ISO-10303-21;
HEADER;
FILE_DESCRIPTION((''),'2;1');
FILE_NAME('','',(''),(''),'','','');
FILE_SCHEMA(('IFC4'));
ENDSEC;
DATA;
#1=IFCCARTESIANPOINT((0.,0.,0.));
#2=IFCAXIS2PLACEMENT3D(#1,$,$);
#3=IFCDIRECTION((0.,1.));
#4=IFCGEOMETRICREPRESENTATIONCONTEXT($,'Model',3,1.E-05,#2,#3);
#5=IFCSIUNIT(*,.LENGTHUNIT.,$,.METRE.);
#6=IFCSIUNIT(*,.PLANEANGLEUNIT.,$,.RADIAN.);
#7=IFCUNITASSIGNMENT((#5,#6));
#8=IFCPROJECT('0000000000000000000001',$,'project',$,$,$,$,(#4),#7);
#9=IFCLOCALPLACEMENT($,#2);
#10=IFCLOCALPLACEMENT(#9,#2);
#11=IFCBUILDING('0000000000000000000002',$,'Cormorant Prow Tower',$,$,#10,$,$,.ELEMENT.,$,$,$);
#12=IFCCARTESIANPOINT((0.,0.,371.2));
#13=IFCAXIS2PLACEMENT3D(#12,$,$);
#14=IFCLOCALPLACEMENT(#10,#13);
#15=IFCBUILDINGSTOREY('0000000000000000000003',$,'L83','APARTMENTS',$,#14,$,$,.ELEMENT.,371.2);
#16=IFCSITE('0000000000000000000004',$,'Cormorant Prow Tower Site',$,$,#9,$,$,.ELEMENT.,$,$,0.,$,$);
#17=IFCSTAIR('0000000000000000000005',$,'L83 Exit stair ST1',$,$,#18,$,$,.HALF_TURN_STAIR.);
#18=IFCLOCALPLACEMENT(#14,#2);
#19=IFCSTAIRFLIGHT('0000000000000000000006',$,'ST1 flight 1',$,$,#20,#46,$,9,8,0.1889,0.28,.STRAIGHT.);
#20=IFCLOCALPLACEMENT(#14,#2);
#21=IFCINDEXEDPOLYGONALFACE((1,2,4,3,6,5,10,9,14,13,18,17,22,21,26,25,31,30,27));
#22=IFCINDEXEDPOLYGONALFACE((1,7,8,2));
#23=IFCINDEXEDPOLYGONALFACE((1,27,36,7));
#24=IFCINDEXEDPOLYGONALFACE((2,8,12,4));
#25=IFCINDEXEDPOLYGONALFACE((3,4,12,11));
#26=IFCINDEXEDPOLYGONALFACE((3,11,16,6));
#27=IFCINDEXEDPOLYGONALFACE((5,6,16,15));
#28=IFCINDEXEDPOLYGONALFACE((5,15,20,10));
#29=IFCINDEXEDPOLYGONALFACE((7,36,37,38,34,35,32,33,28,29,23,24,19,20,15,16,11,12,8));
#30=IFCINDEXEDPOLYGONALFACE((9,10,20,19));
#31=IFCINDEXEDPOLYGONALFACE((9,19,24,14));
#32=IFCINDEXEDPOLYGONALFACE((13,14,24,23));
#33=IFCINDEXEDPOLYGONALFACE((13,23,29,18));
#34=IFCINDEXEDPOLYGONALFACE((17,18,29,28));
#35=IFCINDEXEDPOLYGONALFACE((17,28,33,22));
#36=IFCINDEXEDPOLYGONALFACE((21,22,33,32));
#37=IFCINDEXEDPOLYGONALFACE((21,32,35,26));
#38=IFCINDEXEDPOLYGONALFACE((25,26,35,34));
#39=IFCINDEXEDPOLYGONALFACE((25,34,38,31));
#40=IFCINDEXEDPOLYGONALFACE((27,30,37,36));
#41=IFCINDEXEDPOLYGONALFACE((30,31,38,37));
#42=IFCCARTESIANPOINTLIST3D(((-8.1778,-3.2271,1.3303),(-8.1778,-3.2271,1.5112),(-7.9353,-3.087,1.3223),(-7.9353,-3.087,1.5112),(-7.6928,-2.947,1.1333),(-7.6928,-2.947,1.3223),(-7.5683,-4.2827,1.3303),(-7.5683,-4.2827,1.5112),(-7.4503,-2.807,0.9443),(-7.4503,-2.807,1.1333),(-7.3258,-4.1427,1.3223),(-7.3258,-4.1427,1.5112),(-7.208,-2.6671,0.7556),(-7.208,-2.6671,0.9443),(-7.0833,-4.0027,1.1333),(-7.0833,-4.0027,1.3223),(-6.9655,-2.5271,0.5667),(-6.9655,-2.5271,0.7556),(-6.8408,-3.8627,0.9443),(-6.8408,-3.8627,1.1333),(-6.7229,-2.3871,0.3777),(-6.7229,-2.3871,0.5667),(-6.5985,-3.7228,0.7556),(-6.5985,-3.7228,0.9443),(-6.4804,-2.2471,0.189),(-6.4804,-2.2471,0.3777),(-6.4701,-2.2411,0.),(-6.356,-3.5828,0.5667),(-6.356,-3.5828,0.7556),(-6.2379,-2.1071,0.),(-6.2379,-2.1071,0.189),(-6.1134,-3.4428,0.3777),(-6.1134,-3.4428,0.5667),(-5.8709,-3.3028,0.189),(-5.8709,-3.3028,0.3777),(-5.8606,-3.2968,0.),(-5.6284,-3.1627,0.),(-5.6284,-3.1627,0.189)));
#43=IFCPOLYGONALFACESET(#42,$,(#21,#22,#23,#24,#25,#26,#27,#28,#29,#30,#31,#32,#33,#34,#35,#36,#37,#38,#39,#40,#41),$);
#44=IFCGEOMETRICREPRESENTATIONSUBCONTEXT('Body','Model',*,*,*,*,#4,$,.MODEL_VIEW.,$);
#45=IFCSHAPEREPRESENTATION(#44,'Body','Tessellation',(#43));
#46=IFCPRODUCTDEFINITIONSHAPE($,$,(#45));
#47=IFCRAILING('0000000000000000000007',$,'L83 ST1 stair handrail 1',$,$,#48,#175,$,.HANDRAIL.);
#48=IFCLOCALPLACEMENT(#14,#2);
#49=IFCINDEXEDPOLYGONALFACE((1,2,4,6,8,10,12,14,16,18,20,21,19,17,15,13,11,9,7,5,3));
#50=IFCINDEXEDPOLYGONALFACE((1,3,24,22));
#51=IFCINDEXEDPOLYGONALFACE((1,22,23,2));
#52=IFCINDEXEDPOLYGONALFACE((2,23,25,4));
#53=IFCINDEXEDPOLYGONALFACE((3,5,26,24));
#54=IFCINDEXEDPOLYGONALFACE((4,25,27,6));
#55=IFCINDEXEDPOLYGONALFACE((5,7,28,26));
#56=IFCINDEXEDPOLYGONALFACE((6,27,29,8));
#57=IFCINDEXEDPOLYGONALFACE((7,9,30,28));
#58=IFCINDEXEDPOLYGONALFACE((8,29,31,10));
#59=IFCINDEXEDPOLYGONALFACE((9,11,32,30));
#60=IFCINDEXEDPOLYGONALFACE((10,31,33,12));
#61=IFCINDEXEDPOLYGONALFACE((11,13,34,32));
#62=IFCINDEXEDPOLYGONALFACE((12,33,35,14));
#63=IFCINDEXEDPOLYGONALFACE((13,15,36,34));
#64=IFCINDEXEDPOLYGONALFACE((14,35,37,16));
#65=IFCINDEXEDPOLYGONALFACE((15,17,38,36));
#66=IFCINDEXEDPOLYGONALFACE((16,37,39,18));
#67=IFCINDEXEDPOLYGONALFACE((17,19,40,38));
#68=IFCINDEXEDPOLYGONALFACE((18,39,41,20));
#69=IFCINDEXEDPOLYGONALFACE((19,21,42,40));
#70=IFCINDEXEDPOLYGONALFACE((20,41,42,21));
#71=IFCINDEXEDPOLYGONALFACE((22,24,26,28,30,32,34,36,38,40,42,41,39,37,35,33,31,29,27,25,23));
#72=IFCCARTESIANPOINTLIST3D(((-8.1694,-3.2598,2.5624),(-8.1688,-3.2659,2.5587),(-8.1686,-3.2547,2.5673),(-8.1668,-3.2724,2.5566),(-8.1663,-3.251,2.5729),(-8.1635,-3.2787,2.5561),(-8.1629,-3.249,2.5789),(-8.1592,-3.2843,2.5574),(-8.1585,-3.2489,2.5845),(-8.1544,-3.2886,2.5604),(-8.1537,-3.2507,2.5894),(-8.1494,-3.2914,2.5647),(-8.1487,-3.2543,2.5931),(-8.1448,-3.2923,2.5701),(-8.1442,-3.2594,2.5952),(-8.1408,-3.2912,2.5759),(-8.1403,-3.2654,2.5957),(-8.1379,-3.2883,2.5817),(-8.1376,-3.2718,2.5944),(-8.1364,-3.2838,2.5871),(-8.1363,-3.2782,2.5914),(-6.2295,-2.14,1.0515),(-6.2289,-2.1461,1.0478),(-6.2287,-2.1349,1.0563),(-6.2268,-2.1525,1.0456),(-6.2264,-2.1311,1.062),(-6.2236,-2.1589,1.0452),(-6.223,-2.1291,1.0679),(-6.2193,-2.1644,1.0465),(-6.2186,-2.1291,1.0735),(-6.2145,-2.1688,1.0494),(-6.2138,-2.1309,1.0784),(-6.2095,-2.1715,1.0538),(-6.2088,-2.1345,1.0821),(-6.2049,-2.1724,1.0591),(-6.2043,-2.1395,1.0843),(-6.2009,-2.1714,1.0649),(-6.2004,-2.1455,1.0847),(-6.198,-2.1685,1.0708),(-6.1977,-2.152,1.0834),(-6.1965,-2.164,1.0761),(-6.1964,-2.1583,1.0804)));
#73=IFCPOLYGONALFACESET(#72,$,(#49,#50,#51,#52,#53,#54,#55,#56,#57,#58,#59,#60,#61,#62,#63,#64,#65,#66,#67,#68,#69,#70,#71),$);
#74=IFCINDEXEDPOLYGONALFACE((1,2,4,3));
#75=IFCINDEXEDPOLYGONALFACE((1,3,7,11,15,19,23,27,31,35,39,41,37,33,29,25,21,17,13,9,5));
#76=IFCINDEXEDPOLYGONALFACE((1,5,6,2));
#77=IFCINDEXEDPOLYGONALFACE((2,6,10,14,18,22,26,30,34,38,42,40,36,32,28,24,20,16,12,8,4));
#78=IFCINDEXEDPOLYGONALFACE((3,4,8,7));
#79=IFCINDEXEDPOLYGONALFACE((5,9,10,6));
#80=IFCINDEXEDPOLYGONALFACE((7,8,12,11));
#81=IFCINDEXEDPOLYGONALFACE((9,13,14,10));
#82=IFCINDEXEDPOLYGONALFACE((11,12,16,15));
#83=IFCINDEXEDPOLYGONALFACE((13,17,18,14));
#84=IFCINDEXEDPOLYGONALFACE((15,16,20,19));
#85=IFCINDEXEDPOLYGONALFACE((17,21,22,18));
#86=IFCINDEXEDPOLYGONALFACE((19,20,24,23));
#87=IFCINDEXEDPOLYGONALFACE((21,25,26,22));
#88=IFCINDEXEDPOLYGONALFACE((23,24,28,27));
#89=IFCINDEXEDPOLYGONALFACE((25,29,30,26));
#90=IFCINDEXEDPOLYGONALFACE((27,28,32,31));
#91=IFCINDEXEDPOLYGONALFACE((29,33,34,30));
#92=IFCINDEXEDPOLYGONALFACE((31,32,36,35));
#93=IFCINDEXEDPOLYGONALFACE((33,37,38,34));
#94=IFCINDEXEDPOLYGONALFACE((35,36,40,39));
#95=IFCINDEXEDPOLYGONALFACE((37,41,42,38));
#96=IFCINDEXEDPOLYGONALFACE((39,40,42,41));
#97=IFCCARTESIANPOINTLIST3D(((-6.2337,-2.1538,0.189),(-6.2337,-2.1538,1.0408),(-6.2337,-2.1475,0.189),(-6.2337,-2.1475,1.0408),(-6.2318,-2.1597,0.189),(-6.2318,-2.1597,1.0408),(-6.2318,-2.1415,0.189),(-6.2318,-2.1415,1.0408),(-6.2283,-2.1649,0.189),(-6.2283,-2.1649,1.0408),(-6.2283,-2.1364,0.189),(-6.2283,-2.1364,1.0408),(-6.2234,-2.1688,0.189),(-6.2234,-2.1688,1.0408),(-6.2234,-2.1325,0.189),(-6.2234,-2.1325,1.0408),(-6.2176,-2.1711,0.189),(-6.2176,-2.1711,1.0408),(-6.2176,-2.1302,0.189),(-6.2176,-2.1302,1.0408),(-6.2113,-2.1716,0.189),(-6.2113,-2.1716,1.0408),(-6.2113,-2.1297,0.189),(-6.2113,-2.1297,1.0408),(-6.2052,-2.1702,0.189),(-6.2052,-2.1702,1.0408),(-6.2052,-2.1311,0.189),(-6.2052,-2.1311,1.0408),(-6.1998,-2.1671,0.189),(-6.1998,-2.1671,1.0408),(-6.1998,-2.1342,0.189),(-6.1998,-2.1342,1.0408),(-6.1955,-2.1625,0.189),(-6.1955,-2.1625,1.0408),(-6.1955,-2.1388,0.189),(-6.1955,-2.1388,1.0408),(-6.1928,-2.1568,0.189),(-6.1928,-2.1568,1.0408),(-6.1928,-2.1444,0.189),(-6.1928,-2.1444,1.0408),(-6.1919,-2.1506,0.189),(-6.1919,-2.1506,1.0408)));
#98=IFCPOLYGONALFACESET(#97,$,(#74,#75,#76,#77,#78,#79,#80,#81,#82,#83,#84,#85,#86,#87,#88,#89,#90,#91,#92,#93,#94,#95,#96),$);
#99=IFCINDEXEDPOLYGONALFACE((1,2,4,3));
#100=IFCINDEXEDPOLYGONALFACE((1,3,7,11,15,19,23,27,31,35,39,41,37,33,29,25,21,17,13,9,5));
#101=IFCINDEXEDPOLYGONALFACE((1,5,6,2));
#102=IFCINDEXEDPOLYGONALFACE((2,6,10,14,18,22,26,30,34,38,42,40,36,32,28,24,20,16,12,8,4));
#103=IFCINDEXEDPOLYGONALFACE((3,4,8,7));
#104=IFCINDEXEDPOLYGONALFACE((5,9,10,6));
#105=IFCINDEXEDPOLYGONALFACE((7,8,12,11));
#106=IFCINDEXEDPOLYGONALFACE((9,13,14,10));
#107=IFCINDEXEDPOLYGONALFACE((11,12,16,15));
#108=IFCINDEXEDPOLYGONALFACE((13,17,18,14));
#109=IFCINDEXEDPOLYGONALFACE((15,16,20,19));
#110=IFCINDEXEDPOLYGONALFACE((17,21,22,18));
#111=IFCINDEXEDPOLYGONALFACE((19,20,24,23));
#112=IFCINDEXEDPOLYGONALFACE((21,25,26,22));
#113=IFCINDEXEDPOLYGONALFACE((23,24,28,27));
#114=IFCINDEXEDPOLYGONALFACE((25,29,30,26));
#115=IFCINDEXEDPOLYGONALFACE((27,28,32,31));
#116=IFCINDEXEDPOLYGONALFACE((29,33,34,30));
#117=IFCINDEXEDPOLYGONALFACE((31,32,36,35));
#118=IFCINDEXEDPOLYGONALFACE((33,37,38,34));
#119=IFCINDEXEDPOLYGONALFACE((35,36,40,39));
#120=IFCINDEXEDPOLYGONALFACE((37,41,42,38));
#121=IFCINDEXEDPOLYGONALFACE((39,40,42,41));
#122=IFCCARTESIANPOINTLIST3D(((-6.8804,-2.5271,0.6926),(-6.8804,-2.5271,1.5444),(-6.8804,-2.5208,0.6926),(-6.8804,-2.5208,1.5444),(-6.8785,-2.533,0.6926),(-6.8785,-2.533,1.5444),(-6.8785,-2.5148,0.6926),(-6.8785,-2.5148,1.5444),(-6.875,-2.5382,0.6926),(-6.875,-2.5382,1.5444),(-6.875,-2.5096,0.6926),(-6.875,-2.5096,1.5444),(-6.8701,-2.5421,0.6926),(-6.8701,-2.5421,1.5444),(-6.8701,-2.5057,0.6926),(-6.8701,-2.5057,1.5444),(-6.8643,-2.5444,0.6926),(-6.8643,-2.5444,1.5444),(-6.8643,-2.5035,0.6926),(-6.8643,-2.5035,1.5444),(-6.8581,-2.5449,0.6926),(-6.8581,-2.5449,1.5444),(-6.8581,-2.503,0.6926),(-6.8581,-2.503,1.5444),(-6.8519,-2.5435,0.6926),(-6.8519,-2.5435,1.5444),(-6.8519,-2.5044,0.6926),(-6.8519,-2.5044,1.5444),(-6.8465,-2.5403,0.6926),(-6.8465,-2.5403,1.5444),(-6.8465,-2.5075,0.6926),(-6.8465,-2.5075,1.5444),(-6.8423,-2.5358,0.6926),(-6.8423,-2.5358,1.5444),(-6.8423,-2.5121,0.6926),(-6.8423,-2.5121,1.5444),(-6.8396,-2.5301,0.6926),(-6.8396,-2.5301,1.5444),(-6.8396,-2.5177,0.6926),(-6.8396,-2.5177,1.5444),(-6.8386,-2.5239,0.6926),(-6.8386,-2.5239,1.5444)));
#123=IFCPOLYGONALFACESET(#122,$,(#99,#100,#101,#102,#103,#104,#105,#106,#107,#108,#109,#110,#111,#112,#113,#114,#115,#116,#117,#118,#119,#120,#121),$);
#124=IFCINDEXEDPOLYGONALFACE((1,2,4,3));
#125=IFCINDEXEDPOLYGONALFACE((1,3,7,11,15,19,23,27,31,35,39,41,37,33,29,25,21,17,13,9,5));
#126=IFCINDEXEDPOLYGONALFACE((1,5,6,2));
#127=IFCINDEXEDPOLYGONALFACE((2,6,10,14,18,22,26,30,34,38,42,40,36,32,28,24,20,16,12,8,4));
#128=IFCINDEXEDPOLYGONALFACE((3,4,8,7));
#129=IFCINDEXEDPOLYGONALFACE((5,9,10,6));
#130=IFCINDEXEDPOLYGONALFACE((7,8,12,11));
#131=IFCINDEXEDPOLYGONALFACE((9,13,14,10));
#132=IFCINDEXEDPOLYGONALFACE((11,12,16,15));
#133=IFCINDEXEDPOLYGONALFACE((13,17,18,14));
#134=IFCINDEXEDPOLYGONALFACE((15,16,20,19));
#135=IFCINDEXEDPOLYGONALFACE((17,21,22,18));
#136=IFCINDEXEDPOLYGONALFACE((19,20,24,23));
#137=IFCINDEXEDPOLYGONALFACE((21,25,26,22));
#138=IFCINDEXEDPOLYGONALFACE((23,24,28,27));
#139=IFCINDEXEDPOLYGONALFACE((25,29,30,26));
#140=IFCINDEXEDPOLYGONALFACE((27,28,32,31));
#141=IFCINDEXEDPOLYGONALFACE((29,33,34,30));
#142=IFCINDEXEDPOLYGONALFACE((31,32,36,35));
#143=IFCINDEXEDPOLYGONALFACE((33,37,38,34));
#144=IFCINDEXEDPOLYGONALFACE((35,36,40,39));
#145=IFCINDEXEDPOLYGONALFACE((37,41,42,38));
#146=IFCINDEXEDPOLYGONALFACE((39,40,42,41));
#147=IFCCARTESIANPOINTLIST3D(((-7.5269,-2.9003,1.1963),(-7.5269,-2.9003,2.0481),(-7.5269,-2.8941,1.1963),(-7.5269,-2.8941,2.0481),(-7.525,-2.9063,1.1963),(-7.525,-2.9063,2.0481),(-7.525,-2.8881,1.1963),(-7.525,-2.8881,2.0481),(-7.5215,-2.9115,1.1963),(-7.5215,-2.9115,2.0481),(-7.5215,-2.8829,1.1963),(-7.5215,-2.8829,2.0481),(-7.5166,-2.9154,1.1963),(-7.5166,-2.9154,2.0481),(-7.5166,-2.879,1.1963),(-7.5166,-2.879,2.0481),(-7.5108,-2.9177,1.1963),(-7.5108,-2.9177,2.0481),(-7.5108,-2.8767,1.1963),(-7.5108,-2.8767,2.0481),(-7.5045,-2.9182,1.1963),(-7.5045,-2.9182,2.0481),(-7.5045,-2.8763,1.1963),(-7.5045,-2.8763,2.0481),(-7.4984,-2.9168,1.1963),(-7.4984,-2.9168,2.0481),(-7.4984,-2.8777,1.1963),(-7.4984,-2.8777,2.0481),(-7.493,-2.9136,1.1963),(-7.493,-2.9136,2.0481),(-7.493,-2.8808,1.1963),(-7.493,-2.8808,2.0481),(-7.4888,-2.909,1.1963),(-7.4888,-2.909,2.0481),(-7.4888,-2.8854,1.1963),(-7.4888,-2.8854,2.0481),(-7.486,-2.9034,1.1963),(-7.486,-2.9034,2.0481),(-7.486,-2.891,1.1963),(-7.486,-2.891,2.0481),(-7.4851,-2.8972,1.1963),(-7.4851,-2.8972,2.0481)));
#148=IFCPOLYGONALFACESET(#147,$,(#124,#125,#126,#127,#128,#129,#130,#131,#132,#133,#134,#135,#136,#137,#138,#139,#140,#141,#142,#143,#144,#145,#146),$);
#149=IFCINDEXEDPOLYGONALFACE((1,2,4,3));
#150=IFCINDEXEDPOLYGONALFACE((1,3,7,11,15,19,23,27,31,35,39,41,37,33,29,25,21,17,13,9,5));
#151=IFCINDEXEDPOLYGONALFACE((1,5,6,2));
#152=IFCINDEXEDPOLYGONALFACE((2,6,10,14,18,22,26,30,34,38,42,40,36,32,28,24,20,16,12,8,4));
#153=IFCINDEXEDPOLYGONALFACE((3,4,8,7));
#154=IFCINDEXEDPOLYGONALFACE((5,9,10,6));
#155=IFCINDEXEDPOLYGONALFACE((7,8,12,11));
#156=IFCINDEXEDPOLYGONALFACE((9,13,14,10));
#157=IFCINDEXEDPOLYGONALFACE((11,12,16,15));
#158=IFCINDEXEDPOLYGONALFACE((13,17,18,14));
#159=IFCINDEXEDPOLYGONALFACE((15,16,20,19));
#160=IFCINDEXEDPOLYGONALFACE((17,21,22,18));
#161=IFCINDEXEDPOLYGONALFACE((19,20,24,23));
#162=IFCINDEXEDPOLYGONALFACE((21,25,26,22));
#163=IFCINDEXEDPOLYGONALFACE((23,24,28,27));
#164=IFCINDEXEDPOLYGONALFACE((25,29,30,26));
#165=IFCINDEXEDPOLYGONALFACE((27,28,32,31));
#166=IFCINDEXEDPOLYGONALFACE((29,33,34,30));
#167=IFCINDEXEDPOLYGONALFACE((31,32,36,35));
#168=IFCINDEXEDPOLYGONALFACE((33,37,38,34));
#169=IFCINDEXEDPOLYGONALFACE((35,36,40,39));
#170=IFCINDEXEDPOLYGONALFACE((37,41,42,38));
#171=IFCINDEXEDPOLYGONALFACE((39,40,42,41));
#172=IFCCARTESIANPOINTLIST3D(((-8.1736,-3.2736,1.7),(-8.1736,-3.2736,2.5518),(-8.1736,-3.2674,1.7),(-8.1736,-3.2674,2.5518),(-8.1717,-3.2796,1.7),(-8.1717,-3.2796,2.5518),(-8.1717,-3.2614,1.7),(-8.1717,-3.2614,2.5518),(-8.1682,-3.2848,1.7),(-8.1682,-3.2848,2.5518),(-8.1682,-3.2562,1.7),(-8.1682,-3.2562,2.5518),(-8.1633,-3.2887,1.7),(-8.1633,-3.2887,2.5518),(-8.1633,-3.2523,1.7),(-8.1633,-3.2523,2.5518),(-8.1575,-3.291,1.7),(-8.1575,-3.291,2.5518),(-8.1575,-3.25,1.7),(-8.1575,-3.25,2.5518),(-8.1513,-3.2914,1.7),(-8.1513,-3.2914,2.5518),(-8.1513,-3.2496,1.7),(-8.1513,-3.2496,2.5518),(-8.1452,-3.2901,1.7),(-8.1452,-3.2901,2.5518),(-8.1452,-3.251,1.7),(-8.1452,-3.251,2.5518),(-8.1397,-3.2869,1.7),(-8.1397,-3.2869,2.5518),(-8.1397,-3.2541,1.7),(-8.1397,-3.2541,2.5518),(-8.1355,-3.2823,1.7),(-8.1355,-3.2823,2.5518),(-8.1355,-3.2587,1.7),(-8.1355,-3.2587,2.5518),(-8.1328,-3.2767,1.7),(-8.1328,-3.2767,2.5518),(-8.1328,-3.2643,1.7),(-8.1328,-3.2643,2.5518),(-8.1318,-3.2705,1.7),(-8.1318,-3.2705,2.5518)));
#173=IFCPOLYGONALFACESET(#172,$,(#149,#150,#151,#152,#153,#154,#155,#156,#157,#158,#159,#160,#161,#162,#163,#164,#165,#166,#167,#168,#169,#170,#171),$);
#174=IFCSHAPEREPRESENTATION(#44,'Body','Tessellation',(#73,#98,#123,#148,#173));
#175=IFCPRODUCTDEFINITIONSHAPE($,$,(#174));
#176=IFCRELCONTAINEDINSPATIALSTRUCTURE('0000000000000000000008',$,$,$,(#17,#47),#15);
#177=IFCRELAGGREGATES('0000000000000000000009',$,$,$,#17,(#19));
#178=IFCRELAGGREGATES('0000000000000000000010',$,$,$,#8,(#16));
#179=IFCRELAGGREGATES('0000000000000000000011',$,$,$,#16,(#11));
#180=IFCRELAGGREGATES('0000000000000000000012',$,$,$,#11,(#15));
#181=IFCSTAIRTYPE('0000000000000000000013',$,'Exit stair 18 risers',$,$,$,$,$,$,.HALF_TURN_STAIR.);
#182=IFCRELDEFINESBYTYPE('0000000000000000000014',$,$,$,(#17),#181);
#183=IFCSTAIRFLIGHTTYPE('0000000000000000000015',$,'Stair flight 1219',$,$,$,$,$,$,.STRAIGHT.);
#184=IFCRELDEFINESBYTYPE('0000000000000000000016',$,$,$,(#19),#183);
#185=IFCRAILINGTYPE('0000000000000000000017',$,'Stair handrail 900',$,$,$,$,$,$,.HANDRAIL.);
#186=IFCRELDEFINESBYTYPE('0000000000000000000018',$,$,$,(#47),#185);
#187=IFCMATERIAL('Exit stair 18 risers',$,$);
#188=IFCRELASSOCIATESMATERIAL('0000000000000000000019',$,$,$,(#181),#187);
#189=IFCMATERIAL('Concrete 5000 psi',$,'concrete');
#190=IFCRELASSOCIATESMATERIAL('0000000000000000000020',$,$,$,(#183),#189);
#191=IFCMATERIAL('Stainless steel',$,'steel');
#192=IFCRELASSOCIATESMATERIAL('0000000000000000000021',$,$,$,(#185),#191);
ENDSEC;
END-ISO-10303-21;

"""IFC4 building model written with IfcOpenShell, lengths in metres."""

from ifc_helpers import new_model, si_unit, direction, frame, origin, origin_2d, place, context, subcontext, project, spatial, polyline, circle, outline, extrude, material, type_object, element, aggregate, save


model = new_model("IFC4")

# Units and contexts
model_context = context("Model", 3, precision=1e-05, world=origin(), true_north=direction((0.0, 1.0)))
body_context = subcontext(model_context, "Body", "Model", "MODEL_VIEW")
ifc_project = project(units=[si_unit("LENGTHUNIT", "METRE"), si_unit("PLANEANGLEUNIT", "RADIAN")], contexts=[model_context])

# Site, building, storey
site_placement = place(None, origin())
site = spatial("IfcSite", under=ifc_project, at=site_placement, Name="Cormorant Prow Tower Site", CompositionType="ELEMENT", RefElevation=0.0)
building_placement = place(site_placement, origin())
building = spatial("IfcBuilding", under=site, at=building_placement, Name="Cormorant Prow Tower", CompositionType="ELEMENT")
storey_placement = place(building_placement, frame((0.0, 0.0, 371.2)))
storey = spatial("IfcBuildingStorey", under=building, at=storey_placement, Name="L83", Description="APARTMENTS", CompositionType="ELEMENT", Elevation=371.2)

# Stair, stair flight
ifc_material_1 = material(Name="Exit stair 18 risers")
stair_type = type_object("IfcStairType", Name="Exit stair 18 risers", PredefinedType="HALF_TURN_STAIR", material=ifc_material_1)
stair_placement = place(storey_placement, origin())
stair = element("IfcStair", 1, at=stair_placement, inside=storey, type_object=stair_type, Name="L83 Exit stair ST1", PredefinedType="HALF_TURN_STAIR")
ifc_material_2 = material(Name="Concrete 5000 psi", Category="concrete")
stair_flight_type = type_object("IfcStairFlightType", Name="Stair flight 1219", PredefinedType="STRAIGHT", material=ifc_material_2)
stair_flight_placement = place(storey_placement, frame((-5.9331, -2.635, 0.0), z_axis=(0.0, 0.0, 1.0), x_axis=(-0.866025, -0.5, 0.0)))
stair_flight = element("IfcStairFlight", 2, at=stair_flight_placement, type_object=stair_flight_type, Name="ST1 flight 1", NumberOfRisers=9, NumberOfTreads=8, PredefinedType="STRAIGHT", RiserHeight=0.1889, TreadLength=0.28, context=body_context, shape_type="SweptSolid", body=[
    extrude(outline(polyline([(0.0, 0.0), (0.0, 0.189), (0.28, 0.189), (0.28, 0.3777), (0.5601, 0.3777), (0.5601, 0.5667), (0.8401, 0.5667), (0.8401, 0.7556), (1.1201, 0.7556), (1.1201, 0.9443), (1.3999, 0.9443), (1.3999, 1.1333), (1.6799, 1.1333), (1.6799, 1.3223), (1.96, 1.3223), (1.96, 1.5112), (2.24, 1.5112), (2.24, 1.7), (2.24, 1.3303), (0.2681, 0.0), (0.0, 0.0)])), frame((0.0, 0.6094, 0.0), z_axis=(0.0, -1.0, 0.0), x_axis=(1.0, 0.0, 0.0)), (0.0, 0.0, 1.0), 1.219),
])
aggregate(stair, [stair_flight])

# Railing
ifc_material_3 = material(Name="Stainless steel", Category="steel")
railing_type_1 = type_object("IfcRailingType", Name="Stair handrail 900", PredefinedType="HANDRAIL", material=ifc_material_3)
railing_1_placement = place(storey_placement, frame((-6.2129, -2.1506, 0.189)))
element("IfcRailing", 3, at=railing_1_placement, inside=storey, type_object=railing_type_1, Name="L83 ST1 stair handrail 1", PredefinedType="HANDRAIL", context=body_context, shape_type="SweptSolid", body=[
    extrude(circle(Radius=0.0239, at=origin_2d()), frame((0.0, 0.0, 0.876), z_axis=(-0.717977, -0.414467, 0.559219), x_axis=(0.499949, -0.866055, 0.0)), (0.0, 0.0, 1.0), 2.7019),
    extrude(circle(Radius=0.021, at=origin_2d()), origin(), (0.0, 0.0, 1.0), 0.8518),
    extrude(circle(Radius=0.021, at=origin_2d()), frame((-0.6467, -0.3733, 0.5037)), (0.0, 0.0, 1.0), 0.8518),
    extrude(circle(Radius=0.021, at=origin_2d()), frame((-1.2932, -0.7466, 1.0073)), (0.0, 0.0, 1.0), 0.8518),
    extrude(circle(Radius=0.021, at=origin_2d()), frame((-1.9399, -1.1199, 1.511)), (0.0, 0.0, 1.0), 0.8518),
])

save(model, "model.ifc")
